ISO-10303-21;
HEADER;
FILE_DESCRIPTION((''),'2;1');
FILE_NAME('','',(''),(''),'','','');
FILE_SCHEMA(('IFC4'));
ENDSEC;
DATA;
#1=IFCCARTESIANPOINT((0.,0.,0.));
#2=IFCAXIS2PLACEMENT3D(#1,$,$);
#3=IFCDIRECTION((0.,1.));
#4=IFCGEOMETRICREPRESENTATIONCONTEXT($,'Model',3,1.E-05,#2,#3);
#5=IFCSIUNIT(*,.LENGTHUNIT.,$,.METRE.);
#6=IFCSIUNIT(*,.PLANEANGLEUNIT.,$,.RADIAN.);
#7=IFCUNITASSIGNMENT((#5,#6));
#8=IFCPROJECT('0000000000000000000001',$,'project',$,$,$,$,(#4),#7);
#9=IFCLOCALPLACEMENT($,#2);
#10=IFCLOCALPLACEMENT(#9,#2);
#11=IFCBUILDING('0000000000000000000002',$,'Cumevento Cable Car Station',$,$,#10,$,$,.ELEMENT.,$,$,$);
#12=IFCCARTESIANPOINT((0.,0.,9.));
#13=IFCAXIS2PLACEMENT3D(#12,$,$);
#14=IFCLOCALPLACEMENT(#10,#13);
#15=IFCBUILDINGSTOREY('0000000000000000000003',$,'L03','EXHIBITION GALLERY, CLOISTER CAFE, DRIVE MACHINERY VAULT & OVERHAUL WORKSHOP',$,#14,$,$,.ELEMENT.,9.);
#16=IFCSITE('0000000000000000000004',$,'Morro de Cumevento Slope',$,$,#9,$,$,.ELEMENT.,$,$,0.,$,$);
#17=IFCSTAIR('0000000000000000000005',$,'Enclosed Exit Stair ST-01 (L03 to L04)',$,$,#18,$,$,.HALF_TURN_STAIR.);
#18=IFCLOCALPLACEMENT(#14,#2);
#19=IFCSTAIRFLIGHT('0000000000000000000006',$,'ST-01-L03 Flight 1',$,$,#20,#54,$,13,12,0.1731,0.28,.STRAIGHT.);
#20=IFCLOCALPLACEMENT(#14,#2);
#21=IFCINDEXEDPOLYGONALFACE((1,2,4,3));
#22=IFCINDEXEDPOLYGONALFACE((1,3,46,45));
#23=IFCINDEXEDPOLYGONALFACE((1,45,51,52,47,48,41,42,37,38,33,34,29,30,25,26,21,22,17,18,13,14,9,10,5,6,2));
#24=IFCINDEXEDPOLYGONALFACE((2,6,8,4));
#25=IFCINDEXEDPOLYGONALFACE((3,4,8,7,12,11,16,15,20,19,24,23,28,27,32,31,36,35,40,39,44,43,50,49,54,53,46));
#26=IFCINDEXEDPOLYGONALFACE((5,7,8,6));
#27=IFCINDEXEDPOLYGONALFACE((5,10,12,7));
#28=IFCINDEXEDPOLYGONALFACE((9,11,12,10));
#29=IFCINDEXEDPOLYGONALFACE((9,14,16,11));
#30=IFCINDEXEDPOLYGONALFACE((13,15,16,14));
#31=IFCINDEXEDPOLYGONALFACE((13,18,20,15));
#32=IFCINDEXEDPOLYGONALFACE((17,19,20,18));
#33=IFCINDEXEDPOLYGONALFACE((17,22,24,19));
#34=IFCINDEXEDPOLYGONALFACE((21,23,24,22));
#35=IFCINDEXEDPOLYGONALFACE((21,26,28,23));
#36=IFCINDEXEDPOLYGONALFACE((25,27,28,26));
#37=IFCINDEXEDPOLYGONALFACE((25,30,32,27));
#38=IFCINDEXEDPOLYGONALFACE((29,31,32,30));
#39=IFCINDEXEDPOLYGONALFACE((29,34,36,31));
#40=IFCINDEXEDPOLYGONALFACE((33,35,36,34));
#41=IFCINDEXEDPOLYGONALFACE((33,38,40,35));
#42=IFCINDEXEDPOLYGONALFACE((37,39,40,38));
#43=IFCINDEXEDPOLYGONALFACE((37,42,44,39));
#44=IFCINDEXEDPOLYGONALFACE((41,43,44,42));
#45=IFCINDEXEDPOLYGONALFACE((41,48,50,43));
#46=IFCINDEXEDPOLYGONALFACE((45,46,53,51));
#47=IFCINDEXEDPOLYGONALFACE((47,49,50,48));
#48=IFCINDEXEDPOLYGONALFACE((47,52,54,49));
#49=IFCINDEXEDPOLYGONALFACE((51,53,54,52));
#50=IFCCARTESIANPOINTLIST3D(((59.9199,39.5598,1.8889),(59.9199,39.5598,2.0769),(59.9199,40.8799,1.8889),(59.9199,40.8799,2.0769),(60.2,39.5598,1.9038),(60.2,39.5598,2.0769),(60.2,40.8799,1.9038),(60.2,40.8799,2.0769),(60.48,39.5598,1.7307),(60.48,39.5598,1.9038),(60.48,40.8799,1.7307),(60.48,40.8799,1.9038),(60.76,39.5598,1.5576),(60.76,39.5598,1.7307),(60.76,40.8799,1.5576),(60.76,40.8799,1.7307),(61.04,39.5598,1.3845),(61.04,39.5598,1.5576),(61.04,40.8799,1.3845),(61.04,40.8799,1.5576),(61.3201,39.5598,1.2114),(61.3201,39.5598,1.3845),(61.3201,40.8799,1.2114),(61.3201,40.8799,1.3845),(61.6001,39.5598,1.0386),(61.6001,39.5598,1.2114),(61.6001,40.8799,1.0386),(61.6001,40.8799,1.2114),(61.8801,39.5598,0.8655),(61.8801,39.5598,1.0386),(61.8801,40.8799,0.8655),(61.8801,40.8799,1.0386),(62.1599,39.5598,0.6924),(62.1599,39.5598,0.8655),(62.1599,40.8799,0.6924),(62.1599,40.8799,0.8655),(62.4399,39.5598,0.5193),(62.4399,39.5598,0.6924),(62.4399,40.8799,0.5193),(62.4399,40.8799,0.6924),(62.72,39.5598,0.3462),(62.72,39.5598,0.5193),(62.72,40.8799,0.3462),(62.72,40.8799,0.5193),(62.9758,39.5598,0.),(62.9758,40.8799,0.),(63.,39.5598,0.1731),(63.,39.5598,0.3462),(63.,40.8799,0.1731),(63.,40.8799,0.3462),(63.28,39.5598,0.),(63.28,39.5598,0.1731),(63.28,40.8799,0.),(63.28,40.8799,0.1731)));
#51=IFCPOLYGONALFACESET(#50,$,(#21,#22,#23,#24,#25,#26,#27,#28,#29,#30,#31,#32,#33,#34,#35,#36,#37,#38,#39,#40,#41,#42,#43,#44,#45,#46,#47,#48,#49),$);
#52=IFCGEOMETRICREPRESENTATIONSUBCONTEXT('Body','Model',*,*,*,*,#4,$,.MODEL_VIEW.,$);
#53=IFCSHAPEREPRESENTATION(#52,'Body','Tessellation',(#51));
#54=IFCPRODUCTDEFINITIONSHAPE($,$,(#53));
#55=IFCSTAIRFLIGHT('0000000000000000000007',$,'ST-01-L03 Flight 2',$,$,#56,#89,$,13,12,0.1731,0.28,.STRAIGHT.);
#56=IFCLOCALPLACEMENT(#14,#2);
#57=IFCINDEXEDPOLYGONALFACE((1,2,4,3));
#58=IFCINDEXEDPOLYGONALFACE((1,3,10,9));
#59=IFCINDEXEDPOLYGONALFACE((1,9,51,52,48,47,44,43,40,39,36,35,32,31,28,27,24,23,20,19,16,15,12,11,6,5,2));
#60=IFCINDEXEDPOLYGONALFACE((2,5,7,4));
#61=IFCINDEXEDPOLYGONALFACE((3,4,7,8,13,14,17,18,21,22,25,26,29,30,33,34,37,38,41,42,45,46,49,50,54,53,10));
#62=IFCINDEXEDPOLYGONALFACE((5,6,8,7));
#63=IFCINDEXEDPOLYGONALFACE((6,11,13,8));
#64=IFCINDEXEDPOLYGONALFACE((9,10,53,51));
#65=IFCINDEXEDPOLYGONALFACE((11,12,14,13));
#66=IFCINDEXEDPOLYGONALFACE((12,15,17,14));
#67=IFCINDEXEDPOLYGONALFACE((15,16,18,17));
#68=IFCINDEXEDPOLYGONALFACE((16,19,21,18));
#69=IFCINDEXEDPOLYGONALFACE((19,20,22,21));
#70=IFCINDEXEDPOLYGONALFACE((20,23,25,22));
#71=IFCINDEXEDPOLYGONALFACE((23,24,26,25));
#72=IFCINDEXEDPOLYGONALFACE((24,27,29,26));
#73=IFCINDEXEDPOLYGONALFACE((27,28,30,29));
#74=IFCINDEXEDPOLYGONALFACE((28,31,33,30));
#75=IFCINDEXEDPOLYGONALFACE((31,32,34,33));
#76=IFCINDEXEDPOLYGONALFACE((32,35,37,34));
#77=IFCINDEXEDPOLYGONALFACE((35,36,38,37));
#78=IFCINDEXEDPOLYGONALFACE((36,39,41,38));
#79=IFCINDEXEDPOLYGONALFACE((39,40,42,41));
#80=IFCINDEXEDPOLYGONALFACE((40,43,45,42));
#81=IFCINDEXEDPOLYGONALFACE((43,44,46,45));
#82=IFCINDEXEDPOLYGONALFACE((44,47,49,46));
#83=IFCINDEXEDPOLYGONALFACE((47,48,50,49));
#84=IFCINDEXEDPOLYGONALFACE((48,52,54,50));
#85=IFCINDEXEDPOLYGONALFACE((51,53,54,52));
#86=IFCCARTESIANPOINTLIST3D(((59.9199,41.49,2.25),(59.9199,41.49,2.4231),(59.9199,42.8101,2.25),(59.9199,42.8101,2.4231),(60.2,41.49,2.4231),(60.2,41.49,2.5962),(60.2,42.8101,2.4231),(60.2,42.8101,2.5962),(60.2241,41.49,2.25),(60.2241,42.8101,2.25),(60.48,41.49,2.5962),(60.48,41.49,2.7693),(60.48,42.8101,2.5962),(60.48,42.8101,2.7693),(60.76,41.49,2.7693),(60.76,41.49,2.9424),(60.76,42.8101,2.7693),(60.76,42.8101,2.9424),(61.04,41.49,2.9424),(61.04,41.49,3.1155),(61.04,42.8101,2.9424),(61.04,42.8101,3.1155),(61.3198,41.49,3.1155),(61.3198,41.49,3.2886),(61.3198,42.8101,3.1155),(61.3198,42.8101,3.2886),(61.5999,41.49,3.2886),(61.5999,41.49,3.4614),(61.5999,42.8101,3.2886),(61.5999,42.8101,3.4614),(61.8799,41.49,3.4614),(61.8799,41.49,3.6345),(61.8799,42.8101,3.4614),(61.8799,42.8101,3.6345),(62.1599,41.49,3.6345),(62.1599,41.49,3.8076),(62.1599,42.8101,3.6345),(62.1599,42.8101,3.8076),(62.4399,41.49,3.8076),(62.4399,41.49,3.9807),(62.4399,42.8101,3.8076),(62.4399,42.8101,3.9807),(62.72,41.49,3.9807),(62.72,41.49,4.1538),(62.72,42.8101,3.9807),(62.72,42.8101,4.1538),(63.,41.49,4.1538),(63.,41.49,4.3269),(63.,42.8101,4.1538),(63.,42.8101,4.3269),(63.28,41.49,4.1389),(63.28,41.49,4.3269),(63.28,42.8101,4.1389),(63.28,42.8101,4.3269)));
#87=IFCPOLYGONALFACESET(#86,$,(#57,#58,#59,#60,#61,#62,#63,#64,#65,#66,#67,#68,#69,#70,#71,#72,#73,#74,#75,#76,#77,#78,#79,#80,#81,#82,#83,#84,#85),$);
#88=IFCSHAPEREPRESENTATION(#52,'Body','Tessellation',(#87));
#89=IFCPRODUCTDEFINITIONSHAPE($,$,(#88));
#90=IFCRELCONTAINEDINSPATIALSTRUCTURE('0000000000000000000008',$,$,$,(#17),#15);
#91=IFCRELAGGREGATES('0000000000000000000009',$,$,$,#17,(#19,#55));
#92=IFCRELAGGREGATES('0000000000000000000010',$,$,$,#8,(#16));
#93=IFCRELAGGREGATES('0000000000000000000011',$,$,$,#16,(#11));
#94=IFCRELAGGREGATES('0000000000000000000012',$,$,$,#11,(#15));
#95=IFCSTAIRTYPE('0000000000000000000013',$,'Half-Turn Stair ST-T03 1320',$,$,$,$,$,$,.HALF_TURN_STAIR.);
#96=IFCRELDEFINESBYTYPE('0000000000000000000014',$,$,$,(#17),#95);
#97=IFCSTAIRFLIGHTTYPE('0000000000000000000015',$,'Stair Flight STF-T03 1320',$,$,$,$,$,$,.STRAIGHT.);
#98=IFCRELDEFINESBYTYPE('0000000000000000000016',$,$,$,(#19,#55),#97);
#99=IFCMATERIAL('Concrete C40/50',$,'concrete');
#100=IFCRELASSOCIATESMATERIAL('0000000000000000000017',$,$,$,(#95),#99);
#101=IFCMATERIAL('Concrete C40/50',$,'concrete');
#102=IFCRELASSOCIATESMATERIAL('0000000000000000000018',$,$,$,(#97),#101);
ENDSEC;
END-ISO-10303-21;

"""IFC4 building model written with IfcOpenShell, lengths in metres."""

from ifc_helpers import new_model, si_unit, direction, frame, origin, place, context, subcontext, project, spatial, polyline, outline, extrude, material, type_object, element, aggregate, save


model = new_model("IFC4")

# Units and contexts
model_context = context("Model", 3, precision=1e-05, world=origin(), true_north=direction((0.0, 1.0)))
body_context = subcontext(model_context, "Body", "Model", "MODEL_VIEW")
ifc_project = project(units=[si_unit("LENGTHUNIT", "METRE"), si_unit("PLANEANGLEUNIT", "RADIAN")], contexts=[model_context])

# Site, building, storey
site_placement = place(None, origin())
site = spatial("IfcSite", under=ifc_project, at=site_placement, Name="Morro de Cumevento Slope", CompositionType="ELEMENT", RefElevation=0.0)
building_placement = place(site_placement, origin())
building = spatial("IfcBuilding", under=site, at=building_placement, Name="Cumevento Cable Car Station", CompositionType="ELEMENT")
storey_placement = place(building_placement, frame((0.0, 0.0, 9.0)))
storey = spatial("IfcBuildingStorey", under=building, at=storey_placement, Name="L03", Description="EXHIBITION GALLERY, CLOISTER CAFE, DRIVE MACHINERY VAULT & OVERHAUL WORKSHOP", CompositionType="ELEMENT", Elevation=9.0)

# Stair, stair flights
ifc_material_1 = material(Name="Concrete C40/50", Category="concrete")
stair_type = type_object("IfcStairType", Name="Half-Turn Stair ST-T03 1320", PredefinedType="HALF_TURN_STAIR", material=ifc_material_1)
stair_placement = place(storey_placement, origin())
stair = element("IfcStair", 1, at=stair_placement, inside=storey, type_object=stair_type, Name="Enclosed Exit Stair ST-01 (L03 to L04)", PredefinedType="HALF_TURN_STAIR")
ifc_material_2 = material(Name="Concrete C40/50", Category="concrete")
stair_flight_type = type_object("IfcStairFlightType", Name="Stair Flight STF-T03 1320", PredefinedType="STRAIGHT", material=ifc_material_2)
stair_flight_1_placement = place(storey_placement, frame((63.28, 40.22, 0.0), z_axis=(0.0, 0.0, 1.0), x_axis=(-1.0, 0.0, 0.0)))
stair_flight_1 = element("IfcStairFlight", 2, at=stair_flight_1_placement, type_object=stair_flight_type, Name="ST-01-L03 Flight 1", NumberOfRisers=13, NumberOfTreads=12, PredefinedType="STRAIGHT", RiserHeight=0.1731, TreadLength=0.28, context=body_context, shape_type="SweptSolid", body=[
    extrude(outline(polyline([(0.0, 0.0), (0.0, 0.1731), (0.28, 0.1731), (0.28, 0.3462), (0.5601, 0.3462), (0.5601, 0.5193), (0.8401, 0.5193), (0.8401, 0.6924), (1.1201, 0.6924), (1.1201, 0.8655), (1.3999, 0.8655), (1.3999, 1.0386), (1.6799, 1.0386), (1.6799, 1.2114), (1.96, 1.2114), (1.96, 1.3845), (2.24, 1.3845), (2.24, 1.5576), (2.52, 1.5576), (2.52, 1.7307), (2.8, 1.7307), (2.8, 1.9038), (3.0801, 1.9038), (3.0801, 2.0769), (3.3601, 2.0769), (3.3601, 2.25), (3.3601, 1.8889), (0.3042, 0.0), (0.0, 0.0)])), frame((0.0, 0.6602, 0.0), z_axis=(0.0, -1.0, 0.0), x_axis=(1.0, 0.0, 0.0)), (0.0, 0.0, 1.0), 1.3201),
])
stair_flight_2_placement = place(storey_placement, frame((59.9199, 42.1499, 2.25), z_axis=(0.0, 0.0, 1.0), x_axis=(1.0, 0.0, 0.0)))
stair_flight_2 = element("IfcStairFlight", 3, at=stair_flight_2_placement, type_object=stair_flight_type, Name="ST-01-L03 Flight 2", NumberOfRisers=13, NumberOfTreads=12, PredefinedType="STRAIGHT", RiserHeight=0.1731, TreadLength=0.28, context=body_context, shape_type="SweptSolid", body=[
    extrude(outline(polyline([(0.0, 0.0), (0.0, 0.1731), (0.28, 0.1731), (0.28, 0.3462), (0.5601, 0.3462), (0.5601, 0.5193), (0.8401, 0.5193), (0.8401, 0.6924), (1.1201, 0.6924), (1.1201, 0.8655), (1.3999, 0.8655), (1.3999, 1.0386), (1.6799, 1.0386), (1.6799, 1.2114), (1.96, 1.2114), (1.96, 1.3845), (2.24, 1.3845), (2.24, 1.5576), (2.52, 1.5576), (2.52, 1.7307), (2.8, 1.7307), (2.8, 1.9038), (3.0801, 1.9038), (3.0801, 2.0769), (3.3601, 2.0769), (3.3601, 2.25), (3.3601, 1.8889), (0.3042, 0.0), (0.0, 0.0)])), frame((0.0, 0.6602, 0.0), z_axis=(0.0, -1.0, 0.0), x_axis=(1.0, 0.0, 0.0)), (0.0, 0.0, 1.0), 1.3201),
])
aggregate(stair, [stair_flight_1, stair_flight_2])

save(model, "model.ifc")
